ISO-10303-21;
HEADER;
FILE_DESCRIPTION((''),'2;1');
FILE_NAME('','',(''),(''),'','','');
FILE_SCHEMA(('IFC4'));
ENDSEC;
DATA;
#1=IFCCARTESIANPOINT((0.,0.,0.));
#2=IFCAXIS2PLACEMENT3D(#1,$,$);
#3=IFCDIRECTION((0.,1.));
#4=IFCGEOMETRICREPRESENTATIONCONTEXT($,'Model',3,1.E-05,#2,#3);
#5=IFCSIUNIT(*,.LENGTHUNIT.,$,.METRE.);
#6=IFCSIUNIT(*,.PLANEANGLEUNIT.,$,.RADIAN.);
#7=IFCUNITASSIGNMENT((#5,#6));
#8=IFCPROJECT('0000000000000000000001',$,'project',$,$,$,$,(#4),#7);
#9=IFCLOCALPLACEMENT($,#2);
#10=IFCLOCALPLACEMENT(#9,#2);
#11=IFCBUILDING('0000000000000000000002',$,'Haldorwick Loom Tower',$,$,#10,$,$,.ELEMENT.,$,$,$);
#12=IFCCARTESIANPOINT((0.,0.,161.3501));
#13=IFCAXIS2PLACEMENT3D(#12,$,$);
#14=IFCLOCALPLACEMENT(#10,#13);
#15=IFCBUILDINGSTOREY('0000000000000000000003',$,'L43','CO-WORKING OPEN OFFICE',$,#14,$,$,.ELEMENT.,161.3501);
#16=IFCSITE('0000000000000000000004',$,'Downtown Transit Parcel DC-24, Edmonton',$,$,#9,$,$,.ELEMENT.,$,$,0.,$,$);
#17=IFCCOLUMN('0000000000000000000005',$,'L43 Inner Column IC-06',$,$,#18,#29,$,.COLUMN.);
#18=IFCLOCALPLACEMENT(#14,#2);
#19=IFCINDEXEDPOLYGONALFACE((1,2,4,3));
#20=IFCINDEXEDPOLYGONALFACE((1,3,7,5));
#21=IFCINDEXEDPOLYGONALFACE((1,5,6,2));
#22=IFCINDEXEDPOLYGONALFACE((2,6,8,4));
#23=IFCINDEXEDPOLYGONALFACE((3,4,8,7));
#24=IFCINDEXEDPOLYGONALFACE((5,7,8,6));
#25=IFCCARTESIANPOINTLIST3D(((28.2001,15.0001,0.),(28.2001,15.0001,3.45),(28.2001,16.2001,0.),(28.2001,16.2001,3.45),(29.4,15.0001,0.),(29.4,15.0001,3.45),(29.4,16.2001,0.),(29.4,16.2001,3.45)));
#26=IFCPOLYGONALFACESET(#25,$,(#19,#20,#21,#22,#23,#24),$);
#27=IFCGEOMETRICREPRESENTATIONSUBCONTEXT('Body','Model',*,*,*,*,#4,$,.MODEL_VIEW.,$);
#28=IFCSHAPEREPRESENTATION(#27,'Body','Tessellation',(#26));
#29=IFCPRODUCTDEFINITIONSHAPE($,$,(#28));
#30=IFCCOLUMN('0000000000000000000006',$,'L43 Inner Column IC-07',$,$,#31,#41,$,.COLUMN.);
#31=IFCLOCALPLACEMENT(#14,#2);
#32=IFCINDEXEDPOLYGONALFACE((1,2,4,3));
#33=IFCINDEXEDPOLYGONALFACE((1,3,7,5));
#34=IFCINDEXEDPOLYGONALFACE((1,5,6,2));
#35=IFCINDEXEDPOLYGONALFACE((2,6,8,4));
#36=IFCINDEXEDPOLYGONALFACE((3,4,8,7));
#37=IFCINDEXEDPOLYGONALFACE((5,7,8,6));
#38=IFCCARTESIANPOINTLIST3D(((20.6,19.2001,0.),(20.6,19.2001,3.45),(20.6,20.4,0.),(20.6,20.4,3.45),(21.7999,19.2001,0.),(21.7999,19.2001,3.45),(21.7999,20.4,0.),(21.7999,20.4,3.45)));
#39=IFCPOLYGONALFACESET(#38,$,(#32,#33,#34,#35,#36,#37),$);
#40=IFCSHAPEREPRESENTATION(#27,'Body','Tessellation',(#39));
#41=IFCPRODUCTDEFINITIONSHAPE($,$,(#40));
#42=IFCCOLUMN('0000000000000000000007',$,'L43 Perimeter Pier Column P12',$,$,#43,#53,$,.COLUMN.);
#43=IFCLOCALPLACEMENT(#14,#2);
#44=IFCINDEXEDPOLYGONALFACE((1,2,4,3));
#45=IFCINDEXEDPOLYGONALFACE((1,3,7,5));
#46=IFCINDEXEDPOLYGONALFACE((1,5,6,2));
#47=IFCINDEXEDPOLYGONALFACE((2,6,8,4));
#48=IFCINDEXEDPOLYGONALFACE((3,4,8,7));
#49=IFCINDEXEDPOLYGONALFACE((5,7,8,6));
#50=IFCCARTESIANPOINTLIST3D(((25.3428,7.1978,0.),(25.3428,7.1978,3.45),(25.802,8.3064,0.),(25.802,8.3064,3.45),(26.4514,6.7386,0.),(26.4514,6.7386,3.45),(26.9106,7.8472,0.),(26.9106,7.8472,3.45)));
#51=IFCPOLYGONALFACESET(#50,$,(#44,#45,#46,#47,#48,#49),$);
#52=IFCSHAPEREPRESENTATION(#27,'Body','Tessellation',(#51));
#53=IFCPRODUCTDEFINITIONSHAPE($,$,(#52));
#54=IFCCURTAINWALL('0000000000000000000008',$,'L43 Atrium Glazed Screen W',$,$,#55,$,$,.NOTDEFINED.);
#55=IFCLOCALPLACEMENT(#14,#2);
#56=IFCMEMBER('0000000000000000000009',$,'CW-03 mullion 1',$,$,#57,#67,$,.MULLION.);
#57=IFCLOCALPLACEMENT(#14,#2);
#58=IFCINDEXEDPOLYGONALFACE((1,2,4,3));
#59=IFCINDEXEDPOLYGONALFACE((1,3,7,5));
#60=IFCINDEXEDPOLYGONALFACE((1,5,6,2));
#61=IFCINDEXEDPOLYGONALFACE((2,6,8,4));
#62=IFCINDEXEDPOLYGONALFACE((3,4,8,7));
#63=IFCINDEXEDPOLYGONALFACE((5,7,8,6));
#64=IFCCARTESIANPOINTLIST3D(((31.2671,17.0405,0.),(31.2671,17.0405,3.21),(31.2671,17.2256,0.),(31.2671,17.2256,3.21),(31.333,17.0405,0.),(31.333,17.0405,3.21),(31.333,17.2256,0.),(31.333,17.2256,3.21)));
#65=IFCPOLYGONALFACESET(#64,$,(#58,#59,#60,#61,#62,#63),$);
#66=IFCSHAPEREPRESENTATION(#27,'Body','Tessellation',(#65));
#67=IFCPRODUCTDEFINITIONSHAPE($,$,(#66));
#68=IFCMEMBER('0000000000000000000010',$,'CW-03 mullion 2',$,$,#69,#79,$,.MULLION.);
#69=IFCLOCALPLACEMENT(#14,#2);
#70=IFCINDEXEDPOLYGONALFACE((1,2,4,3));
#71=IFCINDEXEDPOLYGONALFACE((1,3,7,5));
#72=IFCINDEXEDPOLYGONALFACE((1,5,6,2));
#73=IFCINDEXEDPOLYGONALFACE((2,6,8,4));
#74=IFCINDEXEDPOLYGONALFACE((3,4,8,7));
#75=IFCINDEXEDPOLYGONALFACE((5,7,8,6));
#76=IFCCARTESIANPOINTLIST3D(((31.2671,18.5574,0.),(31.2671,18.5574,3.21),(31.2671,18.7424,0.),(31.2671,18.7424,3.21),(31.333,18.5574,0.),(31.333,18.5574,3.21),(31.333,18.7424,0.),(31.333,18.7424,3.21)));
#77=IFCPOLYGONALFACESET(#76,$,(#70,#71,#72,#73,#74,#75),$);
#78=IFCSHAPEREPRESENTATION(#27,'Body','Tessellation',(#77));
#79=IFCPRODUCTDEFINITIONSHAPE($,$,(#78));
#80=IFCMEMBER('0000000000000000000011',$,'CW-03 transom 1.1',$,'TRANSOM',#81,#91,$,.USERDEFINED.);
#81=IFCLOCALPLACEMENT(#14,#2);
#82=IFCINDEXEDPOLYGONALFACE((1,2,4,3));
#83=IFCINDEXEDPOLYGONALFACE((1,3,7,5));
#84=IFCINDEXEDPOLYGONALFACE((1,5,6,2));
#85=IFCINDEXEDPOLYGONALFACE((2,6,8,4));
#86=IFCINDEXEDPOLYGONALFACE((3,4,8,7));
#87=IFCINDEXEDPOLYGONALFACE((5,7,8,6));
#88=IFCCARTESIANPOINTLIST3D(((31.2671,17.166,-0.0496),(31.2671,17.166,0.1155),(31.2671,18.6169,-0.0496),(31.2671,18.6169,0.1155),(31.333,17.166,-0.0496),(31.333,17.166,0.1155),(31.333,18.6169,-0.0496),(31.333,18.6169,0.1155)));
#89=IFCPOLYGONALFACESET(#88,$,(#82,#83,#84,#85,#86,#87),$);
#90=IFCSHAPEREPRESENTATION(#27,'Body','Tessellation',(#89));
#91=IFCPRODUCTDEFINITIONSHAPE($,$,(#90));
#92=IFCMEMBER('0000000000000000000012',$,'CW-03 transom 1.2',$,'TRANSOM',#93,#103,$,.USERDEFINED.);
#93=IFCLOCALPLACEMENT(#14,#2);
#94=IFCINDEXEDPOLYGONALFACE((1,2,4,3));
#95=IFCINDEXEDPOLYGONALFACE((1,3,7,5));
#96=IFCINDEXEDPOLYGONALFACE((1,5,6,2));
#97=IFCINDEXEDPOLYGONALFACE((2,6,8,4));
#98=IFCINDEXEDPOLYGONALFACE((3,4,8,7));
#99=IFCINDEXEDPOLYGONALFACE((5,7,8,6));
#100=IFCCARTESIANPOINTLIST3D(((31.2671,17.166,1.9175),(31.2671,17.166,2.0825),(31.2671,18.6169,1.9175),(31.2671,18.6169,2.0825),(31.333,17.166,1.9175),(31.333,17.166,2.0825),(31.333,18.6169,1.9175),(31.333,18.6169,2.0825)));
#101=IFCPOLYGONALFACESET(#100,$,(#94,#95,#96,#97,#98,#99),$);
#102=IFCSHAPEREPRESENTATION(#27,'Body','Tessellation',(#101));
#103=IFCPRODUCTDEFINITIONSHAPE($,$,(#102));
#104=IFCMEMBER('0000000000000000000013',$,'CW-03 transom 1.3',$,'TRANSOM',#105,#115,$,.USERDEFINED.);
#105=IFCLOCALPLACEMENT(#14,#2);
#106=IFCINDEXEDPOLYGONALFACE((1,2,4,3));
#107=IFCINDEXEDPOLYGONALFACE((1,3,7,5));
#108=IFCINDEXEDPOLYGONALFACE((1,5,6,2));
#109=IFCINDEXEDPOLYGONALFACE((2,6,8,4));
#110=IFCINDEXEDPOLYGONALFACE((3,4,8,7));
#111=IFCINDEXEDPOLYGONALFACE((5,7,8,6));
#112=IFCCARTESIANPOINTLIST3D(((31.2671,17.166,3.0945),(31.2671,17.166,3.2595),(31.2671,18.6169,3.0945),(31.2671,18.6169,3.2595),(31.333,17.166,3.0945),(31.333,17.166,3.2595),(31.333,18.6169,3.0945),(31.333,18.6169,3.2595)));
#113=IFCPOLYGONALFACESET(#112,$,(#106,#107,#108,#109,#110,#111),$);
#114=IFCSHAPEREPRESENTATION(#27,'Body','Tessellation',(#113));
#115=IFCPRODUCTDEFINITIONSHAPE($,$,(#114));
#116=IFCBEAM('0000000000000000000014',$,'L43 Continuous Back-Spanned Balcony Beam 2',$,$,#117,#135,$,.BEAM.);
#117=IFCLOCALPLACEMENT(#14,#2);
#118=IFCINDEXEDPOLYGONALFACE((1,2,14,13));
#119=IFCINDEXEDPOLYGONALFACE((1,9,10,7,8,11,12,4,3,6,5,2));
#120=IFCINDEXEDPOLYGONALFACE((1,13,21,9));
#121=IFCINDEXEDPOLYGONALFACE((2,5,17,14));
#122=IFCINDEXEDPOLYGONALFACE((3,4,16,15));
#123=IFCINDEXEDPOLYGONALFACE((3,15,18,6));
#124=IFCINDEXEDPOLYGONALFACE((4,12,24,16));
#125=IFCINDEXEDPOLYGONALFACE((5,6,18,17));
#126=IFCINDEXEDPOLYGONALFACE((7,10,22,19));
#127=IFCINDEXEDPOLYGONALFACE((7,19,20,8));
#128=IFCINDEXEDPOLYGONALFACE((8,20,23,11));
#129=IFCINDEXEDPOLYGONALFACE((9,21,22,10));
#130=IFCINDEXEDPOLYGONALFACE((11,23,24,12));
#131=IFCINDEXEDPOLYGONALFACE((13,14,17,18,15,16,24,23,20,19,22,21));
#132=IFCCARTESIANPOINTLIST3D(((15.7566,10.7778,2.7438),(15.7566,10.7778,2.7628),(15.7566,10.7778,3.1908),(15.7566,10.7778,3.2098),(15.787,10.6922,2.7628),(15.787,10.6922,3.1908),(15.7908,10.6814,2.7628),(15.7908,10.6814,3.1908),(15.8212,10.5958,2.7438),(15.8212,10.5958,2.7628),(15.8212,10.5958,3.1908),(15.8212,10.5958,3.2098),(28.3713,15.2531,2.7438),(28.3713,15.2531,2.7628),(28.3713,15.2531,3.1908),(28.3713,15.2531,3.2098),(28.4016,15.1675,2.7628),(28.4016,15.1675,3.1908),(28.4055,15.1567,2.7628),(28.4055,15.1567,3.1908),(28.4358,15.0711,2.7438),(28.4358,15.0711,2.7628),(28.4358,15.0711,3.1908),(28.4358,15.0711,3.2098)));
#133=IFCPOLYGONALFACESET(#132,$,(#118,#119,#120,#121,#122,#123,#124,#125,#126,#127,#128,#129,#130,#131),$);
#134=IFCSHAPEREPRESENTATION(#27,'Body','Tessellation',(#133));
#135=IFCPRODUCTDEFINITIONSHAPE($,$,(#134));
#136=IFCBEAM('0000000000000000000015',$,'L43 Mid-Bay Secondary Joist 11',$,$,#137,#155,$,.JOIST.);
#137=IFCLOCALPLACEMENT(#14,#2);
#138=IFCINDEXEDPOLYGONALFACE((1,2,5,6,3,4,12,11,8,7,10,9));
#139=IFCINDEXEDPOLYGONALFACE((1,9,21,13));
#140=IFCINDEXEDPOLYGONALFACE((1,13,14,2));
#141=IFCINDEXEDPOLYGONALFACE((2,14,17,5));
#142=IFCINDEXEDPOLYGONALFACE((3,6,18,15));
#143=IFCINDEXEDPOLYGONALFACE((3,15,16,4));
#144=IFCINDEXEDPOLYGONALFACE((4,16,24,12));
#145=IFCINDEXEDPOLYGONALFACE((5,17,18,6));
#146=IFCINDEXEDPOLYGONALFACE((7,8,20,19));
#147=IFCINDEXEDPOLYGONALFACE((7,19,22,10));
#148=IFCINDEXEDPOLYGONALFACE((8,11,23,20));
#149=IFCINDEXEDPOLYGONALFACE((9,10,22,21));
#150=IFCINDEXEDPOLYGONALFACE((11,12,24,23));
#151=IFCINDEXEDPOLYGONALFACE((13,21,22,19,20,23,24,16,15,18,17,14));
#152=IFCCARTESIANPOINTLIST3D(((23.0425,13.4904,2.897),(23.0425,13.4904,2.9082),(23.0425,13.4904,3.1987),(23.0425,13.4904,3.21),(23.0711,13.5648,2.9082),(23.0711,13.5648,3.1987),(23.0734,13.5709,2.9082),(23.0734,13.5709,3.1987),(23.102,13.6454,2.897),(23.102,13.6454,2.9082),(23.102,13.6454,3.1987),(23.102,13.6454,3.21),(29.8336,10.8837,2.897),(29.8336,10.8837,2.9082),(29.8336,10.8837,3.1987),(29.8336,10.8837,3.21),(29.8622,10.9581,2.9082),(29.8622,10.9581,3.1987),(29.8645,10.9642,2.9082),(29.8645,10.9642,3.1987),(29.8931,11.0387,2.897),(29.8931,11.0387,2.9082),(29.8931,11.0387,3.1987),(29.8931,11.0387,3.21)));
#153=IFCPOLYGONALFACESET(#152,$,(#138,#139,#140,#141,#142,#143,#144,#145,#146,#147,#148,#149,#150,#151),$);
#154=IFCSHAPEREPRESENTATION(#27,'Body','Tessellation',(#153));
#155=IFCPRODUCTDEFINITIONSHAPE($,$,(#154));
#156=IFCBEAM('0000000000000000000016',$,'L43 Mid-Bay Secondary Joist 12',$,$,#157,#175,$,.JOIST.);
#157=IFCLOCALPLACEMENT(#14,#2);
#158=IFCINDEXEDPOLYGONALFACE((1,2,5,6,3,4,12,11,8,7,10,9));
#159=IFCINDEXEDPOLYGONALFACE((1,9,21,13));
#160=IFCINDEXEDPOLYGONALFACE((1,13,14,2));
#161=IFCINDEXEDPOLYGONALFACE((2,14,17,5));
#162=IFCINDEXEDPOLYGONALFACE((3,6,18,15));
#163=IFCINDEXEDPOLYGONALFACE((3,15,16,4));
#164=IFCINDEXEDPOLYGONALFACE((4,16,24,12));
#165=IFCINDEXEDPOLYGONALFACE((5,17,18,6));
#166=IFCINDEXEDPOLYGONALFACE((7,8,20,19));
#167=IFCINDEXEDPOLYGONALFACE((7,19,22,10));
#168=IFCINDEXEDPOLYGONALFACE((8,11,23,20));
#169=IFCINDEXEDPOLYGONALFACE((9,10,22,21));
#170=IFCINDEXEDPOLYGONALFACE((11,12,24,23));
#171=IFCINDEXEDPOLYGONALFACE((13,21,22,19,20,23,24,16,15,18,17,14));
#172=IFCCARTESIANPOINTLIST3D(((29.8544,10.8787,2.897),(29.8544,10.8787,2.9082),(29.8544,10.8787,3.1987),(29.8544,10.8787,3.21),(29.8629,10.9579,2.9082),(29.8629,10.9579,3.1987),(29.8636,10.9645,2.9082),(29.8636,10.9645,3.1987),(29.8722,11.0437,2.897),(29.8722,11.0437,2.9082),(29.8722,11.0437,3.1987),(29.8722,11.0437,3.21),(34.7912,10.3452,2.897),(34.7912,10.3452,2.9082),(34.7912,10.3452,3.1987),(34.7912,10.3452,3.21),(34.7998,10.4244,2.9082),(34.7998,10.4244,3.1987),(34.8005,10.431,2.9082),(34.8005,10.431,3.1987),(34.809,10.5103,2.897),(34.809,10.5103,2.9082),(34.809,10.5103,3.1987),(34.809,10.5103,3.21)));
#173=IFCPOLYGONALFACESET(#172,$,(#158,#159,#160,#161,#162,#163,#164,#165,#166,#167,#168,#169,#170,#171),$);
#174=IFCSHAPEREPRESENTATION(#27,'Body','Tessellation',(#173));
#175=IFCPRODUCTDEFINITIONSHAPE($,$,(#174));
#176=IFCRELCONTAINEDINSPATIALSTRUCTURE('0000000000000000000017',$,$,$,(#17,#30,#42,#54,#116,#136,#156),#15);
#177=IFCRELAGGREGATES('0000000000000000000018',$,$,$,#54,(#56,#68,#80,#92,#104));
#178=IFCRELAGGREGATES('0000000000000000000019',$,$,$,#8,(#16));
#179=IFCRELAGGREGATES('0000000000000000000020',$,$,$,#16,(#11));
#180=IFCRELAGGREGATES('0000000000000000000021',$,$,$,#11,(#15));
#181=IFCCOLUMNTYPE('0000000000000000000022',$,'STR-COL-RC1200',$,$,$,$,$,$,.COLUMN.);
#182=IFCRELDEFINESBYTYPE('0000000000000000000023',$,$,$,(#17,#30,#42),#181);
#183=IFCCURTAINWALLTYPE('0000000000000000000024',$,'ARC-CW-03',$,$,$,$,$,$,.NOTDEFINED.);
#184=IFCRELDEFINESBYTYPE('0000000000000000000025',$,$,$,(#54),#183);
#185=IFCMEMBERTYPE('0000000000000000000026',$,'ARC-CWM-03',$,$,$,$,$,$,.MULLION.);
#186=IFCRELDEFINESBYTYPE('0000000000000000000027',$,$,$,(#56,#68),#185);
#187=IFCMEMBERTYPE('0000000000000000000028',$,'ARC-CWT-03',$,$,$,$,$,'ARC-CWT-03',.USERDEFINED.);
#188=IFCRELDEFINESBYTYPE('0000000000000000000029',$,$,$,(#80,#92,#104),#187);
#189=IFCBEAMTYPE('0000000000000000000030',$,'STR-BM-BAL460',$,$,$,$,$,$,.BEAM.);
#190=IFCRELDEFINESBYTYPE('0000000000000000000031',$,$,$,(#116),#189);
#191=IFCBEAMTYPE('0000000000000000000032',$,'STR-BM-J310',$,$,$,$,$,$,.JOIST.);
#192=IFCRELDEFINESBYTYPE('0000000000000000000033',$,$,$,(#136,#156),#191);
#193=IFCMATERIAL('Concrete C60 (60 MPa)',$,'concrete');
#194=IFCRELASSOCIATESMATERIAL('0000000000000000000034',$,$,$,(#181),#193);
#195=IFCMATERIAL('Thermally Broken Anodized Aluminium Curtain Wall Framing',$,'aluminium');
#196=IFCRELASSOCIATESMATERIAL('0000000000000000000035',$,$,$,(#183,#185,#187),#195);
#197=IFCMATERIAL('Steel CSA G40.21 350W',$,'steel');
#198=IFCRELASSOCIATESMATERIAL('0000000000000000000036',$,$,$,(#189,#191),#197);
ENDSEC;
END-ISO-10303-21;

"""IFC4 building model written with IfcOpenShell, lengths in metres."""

from ifc_helpers import new_model, si_unit, direction, frame, origin, origin_2d, place, context, subcontext, project, spatial, rectangle, i_section, extrude, material, material_profile, profile_set, type_object, element, aggregate, save


model = new_model("IFC4")

# Units and contexts
model_context = context("Model", 3, precision=1e-05, world=origin(), true_north=direction((0.0, 1.0)))
body_context = subcontext(model_context, "Body", "Model", "MODEL_VIEW")
ifc_project = project(units=[si_unit("LENGTHUNIT", "METRE"), si_unit("PLANEANGLEUNIT", "RADIAN")], contexts=[model_context])

# Site, building, storey
site_placement = place(None, origin())
site = spatial("IfcSite", under=ifc_project, at=site_placement, Name="Downtown Transit Parcel DC-24, Edmonton", CompositionType="ELEMENT", RefElevation=0.0)
building_placement = place(site_placement, origin())
building = spatial("IfcBuilding", under=site, at=building_placement, Name="Haldorwick Loom Tower", CompositionType="ELEMENT")
storey_placement = place(building_placement, frame((0.0, 0.0, 161.3501)))
storey = spatial("IfcBuildingStorey", under=building, at=storey_placement, Name="L43", Description="CO-WORKING OPEN OFFICE", CompositionType="ELEMENT", Elevation=161.3501)

# Columns
ifc_material_1 = material(Name="Concrete C60 (60 MPa)", Category="concrete")
ifc_material_profile_1 = material_profile(ifc_material_1, rectangle(XDim=1.2, YDim=1.2, at=origin_2d()), Name="RC1200X1200", Category="concrete")
ifc_profile_set_1 = profile_set([ifc_material_profile_1], Name="Concrete C60 (60 MPa)")
column_type = type_object("IfcColumnType", Name="STR-COL-RC1200", PredefinedType="COLUMN", material=ifc_profile_set_1)
for number, where, z_axis, x_axis, name in (
    (1, (28.8, 15.6001, 0.0), (0.0, 0.0, 1.0), (1.0, 0.0, 0.0), "L43 Inner Column IC-06"),
    (2, (21.2, 19.8, 0.0), (0.0, 0.0, 1.0), (1.0, 0.0, 0.0), "L43 Inner Column IC-07"),
    (3, (26.1267, 7.5225, 0.0), (0.0, 0.0, 1.0), (-0.382683, -0.92388, 0.0), "L43 Perimeter Pier Column P12"),
):
    element("IfcColumn", number, at=place(storey_placement, frame(where, z_axis=z_axis, x_axis=x_axis)), inside=storey, type_object=column_type, Name=name, PredefinedType="COLUMN", context=body_context, shape_type="SweptSolid", body=[
        extrude(rectangle(XDim=1.2, YDim=1.2, at=origin_2d()), origin(), (0.0, 0.0, 1.0), 3.45),
    ])

# Curtain wall, members
ifc_material_2 = material(Name="Thermally Broken Anodized Aluminium Curtain Wall Framing", Category="aluminium")
curtain_wall_type = type_object("IfcCurtainWallType", Name="ARC-CW-03", PredefinedType="NOTDEFINED", material=ifc_material_2)
curtain_wall_placement = place(storey_placement, origin())
curtain_wall = element("IfcCurtainWall", 4, at=curtain_wall_placement, inside=storey, type_object=curtain_wall_type, Name="L43 Atrium Glazed Screen W", PredefinedType="NOTDEFINED")
ifc_material_profile_2 = material_profile(ifc_material_2, rectangle(XDim=0.0659, YDim=0.1851, at=origin_2d()), Name="ALU_MUL_66X185", Category="aluminium")
ifc_profile_set_2 = profile_set([ifc_material_profile_2], Name="Thermally Broken Anodized Aluminium Curtain Wall Framing")
member_type_1 = type_object("IfcMemberType", Name="ARC-CWM-03", PredefinedType="MULLION", material=ifc_profile_set_2)
member_1_placement = place(storey_placement, frame((31.3, 17.1331, 0.0), z_axis=(0.0, 0.0, 1.0), x_axis=(-1.0, 0.0, 0.0)))
member_1 = element("IfcMember", 5, at=member_1_placement, type_object=member_type_1, Name="CW-03 mullion 1", PredefinedType="MULLION", context=body_context, shape_type="SweptSolid", body=[
    extrude(rectangle(XDim=0.0659, YDim=0.1851, at=origin_2d()), origin(), (0.0, 0.0, 1.0), 3.21),
])
member_2_placement = place(storey_placement, frame((31.3, 18.6499, 0.0), z_axis=(0.0, 0.0, 1.0), x_axis=(-1.0, 0.0, 0.0)))
member_2 = element("IfcMember", 6, at=member_2_placement, type_object=member_type_1, Name="CW-03 mullion 2", PredefinedType="MULLION", context=body_context, shape_type="SweptSolid", body=[
    extrude(rectangle(XDim=0.0659, YDim=0.1851, at=origin_2d()), origin(), (0.0, 0.0, 1.0), 3.21),
])
ifc_material_profile_3 = material_profile(ifc_material_2, rectangle(XDim=0.0659, YDim=0.165, at=origin_2d()), Name="ALU_TRN_66X165", Category="aluminium")
ifc_profile_set_3 = profile_set([ifc_material_profile_3], Name="Thermally Broken Anodized Aluminium Curtain Wall Framing")
member_type_2 = type_object("IfcMemberType", Name="ARC-CWT-03", ElementType="ARC-CWT-03", PredefinedType="USERDEFINED", material=ifc_profile_set_3)
member_3_placement = place(storey_placement, frame((31.3, 17.166, 0.033), z_axis=(0.0, 1.0, 0.0), x_axis=(-1.0, 0.0, 0.0)))
member_3 = element("IfcMember", 7, at=member_3_placement, type_object=member_type_2, Name="CW-03 transom 1.1", ObjectType="TRANSOM", PredefinedType="USERDEFINED", context=body_context, shape_type="SweptSolid", body=[
    extrude(rectangle(XDim=0.0659, YDim=0.165, at=origin_2d()), origin(), (0.0, 0.0, 1.0), 1.4509),
])
member_4_placement = place(storey_placement, frame((31.3, 17.166, 2.0), z_axis=(0.0, 1.0, 0.0), x_axis=(-1.0, 0.0, 0.0)))
member_4 = element("IfcMember", 8, at=member_4_placement, type_object=member_type_2, Name="CW-03 transom 1.2", ObjectType="TRANSOM", PredefinedType="USERDEFINED", context=body_context, shape_type="SweptSolid", body=[
    extrude(rectangle(XDim=0.0659, YDim=0.165, at=origin_2d()), origin(), (0.0, 0.0, 1.0), 1.4509),
])
member_5_placement = place(storey_placement, frame((31.3, 17.166, 3.177), z_axis=(0.0, 1.0, 0.0), x_axis=(-1.0, 0.0, 0.0)))
member_5 = element("IfcMember", 9, at=member_5_placement, type_object=member_type_2, Name="CW-03 transom 1.3", ObjectType="TRANSOM", PredefinedType="USERDEFINED", context=body_context, shape_type="SweptSolid", body=[
    extrude(rectangle(XDim=0.0659, YDim=0.165, at=origin_2d()), origin(), (0.0, 0.0, 1.0), 1.4509),
])

# Beams
ifc_material_3 = material(Name="Steel CSA G40.21 350W", Category="steel")
ifc_material_profile_4 = material_profile(ifc_material_3, i_section(OverallWidth=0.1931, OverallDepth=0.4661, WebThickness=0.0115, FlangeThickness=0.019, at=origin_2d()), Name="W460X97", Category="steel")
ifc_profile_set_4 = profile_set([ifc_material_profile_4], Name="Steel CSA G40.21 350W")
beam_type_1 = type_object("IfcBeamType", Name="STR-BM-BAL460", PredefinedType="BEAM", material=ifc_profile_set_4)
beam_1_placement = place(storey_placement, frame((28.4036, 15.1621, 2.9768), z_axis=(-0.942448, -0.334353, 0.0), x_axis=(0.334353, -0.942448, 0.0)))
element("IfcBeam", 10, at=beam_1_placement, inside=storey, type_object=beam_type_1, Name="L43 Continuous Back-Spanned Balcony Beam 2", PredefinedType="BEAM", context=body_context, shape_type="SweptSolid", body=[
    extrude(i_section(OverallWidth=0.1931, OverallDepth=0.4661, WebThickness=0.0115, FlangeThickness=0.019, at=origin_2d()), origin(), (0.0, 0.0, 1.0), 13.385),
])
ifc_material_profile_5 = material_profile(ifc_material_3, i_section(OverallWidth=0.166, OverallDepth=0.313, WebThickness=0.0066, FlangeThickness=0.0112, at=origin_2d()), Name="W310X45", Category="steel")
ifc_profile_set_5 = profile_set([ifc_material_profile_5], Name="Steel CSA G40.21 350W")
beam_type_2 = type_object("IfcBeamType", Name="STR-BM-J310", PredefinedType="JOIST", material=ifc_profile_set_5)
beam_2_placement = place(storey_placement, frame((23.0723, 13.5679, 3.0535), z_axis=(0.933587, -0.358352, 0.0), x_axis=(0.358352, 0.933587, 0.0)))
element("IfcBeam", 11, at=beam_2_placement, inside=storey, type_object=beam_type_2, Name="L43 Mid-Bay Secondary Joist 11", PredefinedType="JOIST", context=body_context, shape_type="SweptSolid", body=[
    extrude(i_section(OverallWidth=0.166, OverallDepth=0.313, WebThickness=0.0066, FlangeThickness=0.0112, at=origin_2d()), origin(), (0.0, 0.0, 1.0), 7.2742),
])
beam_3_placement = place(storey_placement, frame((29.8633, 10.9612, 3.0535), z_axis=(0.994213, -0.107431, 0.0), x_axis=(0.107431, 0.994213, 0.0)))
element("IfcBeam", 12, at=beam_3_placement, inside=storey, type_object=beam_type_2, Name="L43 Mid-Bay Secondary Joist 12", PredefinedType="JOIST", context=body_context, shape_type="SweptSolid", body=[
    extrude(i_section(OverallWidth=0.166, OverallDepth=0.313, WebThickness=0.0066, FlangeThickness=0.0112, at=origin_2d()), origin(), (0.0, 0.0, 1.0), 4.9656),
])

aggregate(curtain_wall, [member_1, member_2, member_3, member_4, member_5])

save(model, "model.ifc")
